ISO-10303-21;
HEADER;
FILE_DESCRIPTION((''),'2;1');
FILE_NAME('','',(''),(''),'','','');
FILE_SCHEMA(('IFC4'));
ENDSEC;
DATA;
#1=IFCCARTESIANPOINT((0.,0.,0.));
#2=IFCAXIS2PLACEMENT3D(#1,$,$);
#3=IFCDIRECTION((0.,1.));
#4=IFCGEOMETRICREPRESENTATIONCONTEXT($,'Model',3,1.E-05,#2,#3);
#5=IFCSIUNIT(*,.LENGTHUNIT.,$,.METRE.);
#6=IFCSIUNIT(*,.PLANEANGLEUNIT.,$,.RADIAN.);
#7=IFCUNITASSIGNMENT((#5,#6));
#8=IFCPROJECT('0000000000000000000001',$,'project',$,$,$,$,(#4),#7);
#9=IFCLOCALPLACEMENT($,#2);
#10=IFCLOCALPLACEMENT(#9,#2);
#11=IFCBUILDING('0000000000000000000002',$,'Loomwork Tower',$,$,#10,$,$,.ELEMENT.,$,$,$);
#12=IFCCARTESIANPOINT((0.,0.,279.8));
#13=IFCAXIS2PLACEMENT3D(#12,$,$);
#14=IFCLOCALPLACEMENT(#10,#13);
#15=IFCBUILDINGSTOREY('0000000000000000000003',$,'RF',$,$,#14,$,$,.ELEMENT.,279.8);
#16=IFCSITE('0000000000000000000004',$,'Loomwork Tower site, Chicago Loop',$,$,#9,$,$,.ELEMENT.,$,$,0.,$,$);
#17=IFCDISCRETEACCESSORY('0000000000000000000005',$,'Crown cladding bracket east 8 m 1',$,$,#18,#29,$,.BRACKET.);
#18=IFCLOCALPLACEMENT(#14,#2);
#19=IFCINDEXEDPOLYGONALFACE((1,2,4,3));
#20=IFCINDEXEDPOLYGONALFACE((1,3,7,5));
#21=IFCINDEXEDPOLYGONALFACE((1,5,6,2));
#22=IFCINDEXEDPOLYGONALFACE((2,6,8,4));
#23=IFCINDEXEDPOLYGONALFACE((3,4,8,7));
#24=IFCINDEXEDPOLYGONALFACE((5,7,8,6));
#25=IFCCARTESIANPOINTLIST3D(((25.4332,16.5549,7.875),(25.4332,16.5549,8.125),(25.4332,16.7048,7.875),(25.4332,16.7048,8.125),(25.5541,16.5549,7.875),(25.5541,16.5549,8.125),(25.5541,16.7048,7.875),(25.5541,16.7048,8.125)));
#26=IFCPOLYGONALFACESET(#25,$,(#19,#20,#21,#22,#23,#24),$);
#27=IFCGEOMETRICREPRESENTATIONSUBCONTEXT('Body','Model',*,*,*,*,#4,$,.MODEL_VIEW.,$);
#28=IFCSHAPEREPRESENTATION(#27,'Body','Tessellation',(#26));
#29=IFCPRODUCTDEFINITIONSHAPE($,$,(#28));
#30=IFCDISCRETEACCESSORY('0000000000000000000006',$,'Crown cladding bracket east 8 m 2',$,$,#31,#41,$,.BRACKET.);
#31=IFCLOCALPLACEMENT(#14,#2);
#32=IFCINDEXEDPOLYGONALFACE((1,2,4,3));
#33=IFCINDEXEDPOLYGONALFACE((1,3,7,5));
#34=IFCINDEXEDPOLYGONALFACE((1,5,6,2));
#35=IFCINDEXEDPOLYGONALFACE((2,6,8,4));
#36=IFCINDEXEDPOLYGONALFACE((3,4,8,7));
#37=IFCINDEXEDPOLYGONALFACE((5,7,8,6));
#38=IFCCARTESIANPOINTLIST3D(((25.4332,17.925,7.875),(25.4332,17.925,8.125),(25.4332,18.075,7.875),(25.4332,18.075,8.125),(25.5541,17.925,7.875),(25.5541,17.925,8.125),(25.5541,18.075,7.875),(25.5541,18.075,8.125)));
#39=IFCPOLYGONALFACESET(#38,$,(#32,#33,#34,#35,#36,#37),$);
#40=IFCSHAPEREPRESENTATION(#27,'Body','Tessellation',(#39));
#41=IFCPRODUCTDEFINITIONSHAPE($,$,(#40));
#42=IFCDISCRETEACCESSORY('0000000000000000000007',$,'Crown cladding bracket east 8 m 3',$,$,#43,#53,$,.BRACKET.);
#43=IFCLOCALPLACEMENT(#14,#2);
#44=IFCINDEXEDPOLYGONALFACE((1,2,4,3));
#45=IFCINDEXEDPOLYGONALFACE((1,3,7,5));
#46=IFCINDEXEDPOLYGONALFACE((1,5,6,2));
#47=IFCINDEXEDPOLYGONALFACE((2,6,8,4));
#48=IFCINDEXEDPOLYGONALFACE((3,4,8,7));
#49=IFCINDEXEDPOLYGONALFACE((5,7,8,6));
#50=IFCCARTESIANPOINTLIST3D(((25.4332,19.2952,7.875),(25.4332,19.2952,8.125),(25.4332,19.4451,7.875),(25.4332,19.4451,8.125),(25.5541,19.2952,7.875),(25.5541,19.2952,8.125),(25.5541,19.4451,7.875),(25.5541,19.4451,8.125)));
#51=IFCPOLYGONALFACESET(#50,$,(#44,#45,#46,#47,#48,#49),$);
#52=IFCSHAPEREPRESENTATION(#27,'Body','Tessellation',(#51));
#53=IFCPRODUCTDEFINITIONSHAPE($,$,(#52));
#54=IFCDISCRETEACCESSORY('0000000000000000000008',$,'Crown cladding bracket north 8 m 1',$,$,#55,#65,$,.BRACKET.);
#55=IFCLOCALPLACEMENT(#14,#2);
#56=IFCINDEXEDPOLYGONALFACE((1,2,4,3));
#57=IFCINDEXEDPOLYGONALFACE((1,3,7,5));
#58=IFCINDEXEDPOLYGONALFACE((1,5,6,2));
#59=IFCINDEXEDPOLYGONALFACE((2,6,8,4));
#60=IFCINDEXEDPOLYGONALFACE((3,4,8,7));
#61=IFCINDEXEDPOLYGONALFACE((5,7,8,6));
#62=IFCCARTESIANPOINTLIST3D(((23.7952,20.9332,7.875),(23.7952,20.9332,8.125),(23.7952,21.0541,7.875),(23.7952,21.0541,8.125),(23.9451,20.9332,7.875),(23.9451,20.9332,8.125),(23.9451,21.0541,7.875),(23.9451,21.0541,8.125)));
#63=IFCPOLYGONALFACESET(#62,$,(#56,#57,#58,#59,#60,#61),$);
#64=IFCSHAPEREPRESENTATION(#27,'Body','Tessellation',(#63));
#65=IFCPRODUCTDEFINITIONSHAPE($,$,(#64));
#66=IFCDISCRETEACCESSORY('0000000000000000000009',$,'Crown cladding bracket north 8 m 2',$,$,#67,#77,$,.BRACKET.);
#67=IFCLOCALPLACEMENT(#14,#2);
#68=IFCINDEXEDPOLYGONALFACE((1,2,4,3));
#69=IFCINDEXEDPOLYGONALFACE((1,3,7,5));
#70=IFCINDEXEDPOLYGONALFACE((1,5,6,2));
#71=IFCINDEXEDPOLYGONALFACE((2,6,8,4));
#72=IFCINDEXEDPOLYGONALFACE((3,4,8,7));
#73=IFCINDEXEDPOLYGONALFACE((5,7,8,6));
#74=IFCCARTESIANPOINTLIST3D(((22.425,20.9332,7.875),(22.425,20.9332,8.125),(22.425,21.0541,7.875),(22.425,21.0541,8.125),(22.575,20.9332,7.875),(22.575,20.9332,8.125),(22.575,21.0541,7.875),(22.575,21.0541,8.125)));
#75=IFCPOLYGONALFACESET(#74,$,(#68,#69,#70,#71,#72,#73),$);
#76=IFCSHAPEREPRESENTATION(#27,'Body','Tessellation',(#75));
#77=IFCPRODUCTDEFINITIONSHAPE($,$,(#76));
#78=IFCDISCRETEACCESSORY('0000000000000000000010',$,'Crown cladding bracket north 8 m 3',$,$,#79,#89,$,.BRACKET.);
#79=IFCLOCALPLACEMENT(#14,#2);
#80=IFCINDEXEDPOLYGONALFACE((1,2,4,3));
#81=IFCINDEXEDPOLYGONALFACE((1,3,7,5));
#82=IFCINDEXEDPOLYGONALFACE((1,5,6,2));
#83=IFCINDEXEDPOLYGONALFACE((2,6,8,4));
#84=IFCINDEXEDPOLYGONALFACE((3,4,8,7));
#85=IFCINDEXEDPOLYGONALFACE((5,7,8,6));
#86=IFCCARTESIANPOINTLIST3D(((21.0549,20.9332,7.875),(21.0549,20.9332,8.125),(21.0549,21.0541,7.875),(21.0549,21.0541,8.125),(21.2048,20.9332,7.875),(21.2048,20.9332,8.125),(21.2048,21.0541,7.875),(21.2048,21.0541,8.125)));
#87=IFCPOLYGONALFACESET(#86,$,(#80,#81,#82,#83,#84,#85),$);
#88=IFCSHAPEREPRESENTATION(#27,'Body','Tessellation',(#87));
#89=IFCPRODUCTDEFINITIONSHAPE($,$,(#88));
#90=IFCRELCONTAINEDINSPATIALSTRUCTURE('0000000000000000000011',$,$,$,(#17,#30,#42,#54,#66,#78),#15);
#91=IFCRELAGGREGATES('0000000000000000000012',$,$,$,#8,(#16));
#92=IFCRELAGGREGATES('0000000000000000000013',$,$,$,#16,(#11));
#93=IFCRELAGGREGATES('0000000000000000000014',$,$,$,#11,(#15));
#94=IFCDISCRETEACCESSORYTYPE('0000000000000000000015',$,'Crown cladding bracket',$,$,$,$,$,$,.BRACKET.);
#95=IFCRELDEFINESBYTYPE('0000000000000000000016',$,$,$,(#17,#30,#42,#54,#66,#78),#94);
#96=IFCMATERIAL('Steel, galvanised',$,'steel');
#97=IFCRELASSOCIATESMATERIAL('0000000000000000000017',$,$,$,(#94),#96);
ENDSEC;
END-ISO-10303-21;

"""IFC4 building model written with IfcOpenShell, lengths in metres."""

from ifc_helpers import new_model, si_unit, direction, frame, origin, origin_2d, place, context, subcontext, project, spatial, rectangle, extrude, material, type_object, element, save


model = new_model("IFC4")

# Units and contexts
model_context = context("Model", 3, precision=1e-05, world=origin(), true_north=direction((0.0, 1.0)))
body_context = subcontext(model_context, "Body", "Model", "MODEL_VIEW")
ifc_project = project(units=[si_unit("LENGTHUNIT", "METRE"), si_unit("PLANEANGLEUNIT", "RADIAN")], contexts=[model_context])

# Site, building, storey
site_placement = place(None, origin())
site = spatial("IfcSite", under=ifc_project, at=site_placement, Name="Loomwork Tower site, Chicago Loop", CompositionType="ELEMENT", RefElevation=0.0)
building_placement = place(site_placement, origin())
building = spatial("IfcBuilding", under=site, at=building_placement, Name="Loomwork Tower", CompositionType="ELEMENT")
storey_placement = place(building_placement, frame((0.0, 0.0, 279.8)))
storey = spatial("IfcBuildingStorey", under=building, at=storey_placement, Name="RF", CompositionType="ELEMENT", Elevation=279.8)

# Discrete accessories
ifc_material_1 = material(Name="Steel, galvanised", Category="steel")
discrete_accessory_type = type_object("IfcDiscreteAccessoryType", Name="Crown cladding bracket", PredefinedType="BRACKET", material=ifc_material_1)
for number, where, z_axis, x_axis, name in (
    (1, (25.4937, 16.6299, 7.875), (0.0, 0.0, 1.0), (1.0, 0.0, 0.0), "Crown cladding bracket east 8 m 1"),
    (2, (25.4937, 18.0, 7.875), (0.0, 0.0, 1.0), (1.0, 0.0, 0.0), "Crown cladding bracket east 8 m 2"),
    (3, (25.4937, 19.3701, 7.875), (0.0, 0.0, 1.0), (1.0, 0.0, 0.0), "Crown cladding bracket east 8 m 3"),
):
    element("IfcDiscreteAccessory", number, at=place(storey_placement, frame(where, z_axis=z_axis, x_axis=x_axis)), inside=storey, type_object=discrete_accessory_type, Name=name, PredefinedType="BRACKET", context=body_context, shape_type="SweptSolid", body=[
        extrude(rectangle(XDim=0.1208, YDim=0.1499, at=origin_2d()), origin(), (0.0, 0.0, 1.0), 0.25),
    ])
for number, where, z_axis, x_axis, name in (
    (4, (23.8701, 20.9937, 7.875), (0.0, 0.0, 1.0), (1.0, 0.0, 0.0), "Crown cladding bracket north 8 m 1"),
    (5, (22.5, 20.9937, 7.875), (0.0, 0.0, 1.0), (1.0, 0.0, 0.0), "Crown cladding bracket north 8 m 2"),
    (6, (21.1299, 20.9937, 7.875), (0.0, 0.0, 1.0), (1.0, 0.0, 0.0), "Crown cladding bracket north 8 m 3"),
):
    element("IfcDiscreteAccessory", number, at=place(storey_placement, frame(where, z_axis=z_axis, x_axis=x_axis)), inside=storey, type_object=discrete_accessory_type, Name=name, PredefinedType="BRACKET", context=body_context, shape_type="SweptSolid", body=[
        extrude(rectangle(XDim=0.1499, YDim=0.1208, at=origin_2d()), origin(), (0.0, 0.0, 1.0), 0.25),
    ])

save(model, "model.ifc")
